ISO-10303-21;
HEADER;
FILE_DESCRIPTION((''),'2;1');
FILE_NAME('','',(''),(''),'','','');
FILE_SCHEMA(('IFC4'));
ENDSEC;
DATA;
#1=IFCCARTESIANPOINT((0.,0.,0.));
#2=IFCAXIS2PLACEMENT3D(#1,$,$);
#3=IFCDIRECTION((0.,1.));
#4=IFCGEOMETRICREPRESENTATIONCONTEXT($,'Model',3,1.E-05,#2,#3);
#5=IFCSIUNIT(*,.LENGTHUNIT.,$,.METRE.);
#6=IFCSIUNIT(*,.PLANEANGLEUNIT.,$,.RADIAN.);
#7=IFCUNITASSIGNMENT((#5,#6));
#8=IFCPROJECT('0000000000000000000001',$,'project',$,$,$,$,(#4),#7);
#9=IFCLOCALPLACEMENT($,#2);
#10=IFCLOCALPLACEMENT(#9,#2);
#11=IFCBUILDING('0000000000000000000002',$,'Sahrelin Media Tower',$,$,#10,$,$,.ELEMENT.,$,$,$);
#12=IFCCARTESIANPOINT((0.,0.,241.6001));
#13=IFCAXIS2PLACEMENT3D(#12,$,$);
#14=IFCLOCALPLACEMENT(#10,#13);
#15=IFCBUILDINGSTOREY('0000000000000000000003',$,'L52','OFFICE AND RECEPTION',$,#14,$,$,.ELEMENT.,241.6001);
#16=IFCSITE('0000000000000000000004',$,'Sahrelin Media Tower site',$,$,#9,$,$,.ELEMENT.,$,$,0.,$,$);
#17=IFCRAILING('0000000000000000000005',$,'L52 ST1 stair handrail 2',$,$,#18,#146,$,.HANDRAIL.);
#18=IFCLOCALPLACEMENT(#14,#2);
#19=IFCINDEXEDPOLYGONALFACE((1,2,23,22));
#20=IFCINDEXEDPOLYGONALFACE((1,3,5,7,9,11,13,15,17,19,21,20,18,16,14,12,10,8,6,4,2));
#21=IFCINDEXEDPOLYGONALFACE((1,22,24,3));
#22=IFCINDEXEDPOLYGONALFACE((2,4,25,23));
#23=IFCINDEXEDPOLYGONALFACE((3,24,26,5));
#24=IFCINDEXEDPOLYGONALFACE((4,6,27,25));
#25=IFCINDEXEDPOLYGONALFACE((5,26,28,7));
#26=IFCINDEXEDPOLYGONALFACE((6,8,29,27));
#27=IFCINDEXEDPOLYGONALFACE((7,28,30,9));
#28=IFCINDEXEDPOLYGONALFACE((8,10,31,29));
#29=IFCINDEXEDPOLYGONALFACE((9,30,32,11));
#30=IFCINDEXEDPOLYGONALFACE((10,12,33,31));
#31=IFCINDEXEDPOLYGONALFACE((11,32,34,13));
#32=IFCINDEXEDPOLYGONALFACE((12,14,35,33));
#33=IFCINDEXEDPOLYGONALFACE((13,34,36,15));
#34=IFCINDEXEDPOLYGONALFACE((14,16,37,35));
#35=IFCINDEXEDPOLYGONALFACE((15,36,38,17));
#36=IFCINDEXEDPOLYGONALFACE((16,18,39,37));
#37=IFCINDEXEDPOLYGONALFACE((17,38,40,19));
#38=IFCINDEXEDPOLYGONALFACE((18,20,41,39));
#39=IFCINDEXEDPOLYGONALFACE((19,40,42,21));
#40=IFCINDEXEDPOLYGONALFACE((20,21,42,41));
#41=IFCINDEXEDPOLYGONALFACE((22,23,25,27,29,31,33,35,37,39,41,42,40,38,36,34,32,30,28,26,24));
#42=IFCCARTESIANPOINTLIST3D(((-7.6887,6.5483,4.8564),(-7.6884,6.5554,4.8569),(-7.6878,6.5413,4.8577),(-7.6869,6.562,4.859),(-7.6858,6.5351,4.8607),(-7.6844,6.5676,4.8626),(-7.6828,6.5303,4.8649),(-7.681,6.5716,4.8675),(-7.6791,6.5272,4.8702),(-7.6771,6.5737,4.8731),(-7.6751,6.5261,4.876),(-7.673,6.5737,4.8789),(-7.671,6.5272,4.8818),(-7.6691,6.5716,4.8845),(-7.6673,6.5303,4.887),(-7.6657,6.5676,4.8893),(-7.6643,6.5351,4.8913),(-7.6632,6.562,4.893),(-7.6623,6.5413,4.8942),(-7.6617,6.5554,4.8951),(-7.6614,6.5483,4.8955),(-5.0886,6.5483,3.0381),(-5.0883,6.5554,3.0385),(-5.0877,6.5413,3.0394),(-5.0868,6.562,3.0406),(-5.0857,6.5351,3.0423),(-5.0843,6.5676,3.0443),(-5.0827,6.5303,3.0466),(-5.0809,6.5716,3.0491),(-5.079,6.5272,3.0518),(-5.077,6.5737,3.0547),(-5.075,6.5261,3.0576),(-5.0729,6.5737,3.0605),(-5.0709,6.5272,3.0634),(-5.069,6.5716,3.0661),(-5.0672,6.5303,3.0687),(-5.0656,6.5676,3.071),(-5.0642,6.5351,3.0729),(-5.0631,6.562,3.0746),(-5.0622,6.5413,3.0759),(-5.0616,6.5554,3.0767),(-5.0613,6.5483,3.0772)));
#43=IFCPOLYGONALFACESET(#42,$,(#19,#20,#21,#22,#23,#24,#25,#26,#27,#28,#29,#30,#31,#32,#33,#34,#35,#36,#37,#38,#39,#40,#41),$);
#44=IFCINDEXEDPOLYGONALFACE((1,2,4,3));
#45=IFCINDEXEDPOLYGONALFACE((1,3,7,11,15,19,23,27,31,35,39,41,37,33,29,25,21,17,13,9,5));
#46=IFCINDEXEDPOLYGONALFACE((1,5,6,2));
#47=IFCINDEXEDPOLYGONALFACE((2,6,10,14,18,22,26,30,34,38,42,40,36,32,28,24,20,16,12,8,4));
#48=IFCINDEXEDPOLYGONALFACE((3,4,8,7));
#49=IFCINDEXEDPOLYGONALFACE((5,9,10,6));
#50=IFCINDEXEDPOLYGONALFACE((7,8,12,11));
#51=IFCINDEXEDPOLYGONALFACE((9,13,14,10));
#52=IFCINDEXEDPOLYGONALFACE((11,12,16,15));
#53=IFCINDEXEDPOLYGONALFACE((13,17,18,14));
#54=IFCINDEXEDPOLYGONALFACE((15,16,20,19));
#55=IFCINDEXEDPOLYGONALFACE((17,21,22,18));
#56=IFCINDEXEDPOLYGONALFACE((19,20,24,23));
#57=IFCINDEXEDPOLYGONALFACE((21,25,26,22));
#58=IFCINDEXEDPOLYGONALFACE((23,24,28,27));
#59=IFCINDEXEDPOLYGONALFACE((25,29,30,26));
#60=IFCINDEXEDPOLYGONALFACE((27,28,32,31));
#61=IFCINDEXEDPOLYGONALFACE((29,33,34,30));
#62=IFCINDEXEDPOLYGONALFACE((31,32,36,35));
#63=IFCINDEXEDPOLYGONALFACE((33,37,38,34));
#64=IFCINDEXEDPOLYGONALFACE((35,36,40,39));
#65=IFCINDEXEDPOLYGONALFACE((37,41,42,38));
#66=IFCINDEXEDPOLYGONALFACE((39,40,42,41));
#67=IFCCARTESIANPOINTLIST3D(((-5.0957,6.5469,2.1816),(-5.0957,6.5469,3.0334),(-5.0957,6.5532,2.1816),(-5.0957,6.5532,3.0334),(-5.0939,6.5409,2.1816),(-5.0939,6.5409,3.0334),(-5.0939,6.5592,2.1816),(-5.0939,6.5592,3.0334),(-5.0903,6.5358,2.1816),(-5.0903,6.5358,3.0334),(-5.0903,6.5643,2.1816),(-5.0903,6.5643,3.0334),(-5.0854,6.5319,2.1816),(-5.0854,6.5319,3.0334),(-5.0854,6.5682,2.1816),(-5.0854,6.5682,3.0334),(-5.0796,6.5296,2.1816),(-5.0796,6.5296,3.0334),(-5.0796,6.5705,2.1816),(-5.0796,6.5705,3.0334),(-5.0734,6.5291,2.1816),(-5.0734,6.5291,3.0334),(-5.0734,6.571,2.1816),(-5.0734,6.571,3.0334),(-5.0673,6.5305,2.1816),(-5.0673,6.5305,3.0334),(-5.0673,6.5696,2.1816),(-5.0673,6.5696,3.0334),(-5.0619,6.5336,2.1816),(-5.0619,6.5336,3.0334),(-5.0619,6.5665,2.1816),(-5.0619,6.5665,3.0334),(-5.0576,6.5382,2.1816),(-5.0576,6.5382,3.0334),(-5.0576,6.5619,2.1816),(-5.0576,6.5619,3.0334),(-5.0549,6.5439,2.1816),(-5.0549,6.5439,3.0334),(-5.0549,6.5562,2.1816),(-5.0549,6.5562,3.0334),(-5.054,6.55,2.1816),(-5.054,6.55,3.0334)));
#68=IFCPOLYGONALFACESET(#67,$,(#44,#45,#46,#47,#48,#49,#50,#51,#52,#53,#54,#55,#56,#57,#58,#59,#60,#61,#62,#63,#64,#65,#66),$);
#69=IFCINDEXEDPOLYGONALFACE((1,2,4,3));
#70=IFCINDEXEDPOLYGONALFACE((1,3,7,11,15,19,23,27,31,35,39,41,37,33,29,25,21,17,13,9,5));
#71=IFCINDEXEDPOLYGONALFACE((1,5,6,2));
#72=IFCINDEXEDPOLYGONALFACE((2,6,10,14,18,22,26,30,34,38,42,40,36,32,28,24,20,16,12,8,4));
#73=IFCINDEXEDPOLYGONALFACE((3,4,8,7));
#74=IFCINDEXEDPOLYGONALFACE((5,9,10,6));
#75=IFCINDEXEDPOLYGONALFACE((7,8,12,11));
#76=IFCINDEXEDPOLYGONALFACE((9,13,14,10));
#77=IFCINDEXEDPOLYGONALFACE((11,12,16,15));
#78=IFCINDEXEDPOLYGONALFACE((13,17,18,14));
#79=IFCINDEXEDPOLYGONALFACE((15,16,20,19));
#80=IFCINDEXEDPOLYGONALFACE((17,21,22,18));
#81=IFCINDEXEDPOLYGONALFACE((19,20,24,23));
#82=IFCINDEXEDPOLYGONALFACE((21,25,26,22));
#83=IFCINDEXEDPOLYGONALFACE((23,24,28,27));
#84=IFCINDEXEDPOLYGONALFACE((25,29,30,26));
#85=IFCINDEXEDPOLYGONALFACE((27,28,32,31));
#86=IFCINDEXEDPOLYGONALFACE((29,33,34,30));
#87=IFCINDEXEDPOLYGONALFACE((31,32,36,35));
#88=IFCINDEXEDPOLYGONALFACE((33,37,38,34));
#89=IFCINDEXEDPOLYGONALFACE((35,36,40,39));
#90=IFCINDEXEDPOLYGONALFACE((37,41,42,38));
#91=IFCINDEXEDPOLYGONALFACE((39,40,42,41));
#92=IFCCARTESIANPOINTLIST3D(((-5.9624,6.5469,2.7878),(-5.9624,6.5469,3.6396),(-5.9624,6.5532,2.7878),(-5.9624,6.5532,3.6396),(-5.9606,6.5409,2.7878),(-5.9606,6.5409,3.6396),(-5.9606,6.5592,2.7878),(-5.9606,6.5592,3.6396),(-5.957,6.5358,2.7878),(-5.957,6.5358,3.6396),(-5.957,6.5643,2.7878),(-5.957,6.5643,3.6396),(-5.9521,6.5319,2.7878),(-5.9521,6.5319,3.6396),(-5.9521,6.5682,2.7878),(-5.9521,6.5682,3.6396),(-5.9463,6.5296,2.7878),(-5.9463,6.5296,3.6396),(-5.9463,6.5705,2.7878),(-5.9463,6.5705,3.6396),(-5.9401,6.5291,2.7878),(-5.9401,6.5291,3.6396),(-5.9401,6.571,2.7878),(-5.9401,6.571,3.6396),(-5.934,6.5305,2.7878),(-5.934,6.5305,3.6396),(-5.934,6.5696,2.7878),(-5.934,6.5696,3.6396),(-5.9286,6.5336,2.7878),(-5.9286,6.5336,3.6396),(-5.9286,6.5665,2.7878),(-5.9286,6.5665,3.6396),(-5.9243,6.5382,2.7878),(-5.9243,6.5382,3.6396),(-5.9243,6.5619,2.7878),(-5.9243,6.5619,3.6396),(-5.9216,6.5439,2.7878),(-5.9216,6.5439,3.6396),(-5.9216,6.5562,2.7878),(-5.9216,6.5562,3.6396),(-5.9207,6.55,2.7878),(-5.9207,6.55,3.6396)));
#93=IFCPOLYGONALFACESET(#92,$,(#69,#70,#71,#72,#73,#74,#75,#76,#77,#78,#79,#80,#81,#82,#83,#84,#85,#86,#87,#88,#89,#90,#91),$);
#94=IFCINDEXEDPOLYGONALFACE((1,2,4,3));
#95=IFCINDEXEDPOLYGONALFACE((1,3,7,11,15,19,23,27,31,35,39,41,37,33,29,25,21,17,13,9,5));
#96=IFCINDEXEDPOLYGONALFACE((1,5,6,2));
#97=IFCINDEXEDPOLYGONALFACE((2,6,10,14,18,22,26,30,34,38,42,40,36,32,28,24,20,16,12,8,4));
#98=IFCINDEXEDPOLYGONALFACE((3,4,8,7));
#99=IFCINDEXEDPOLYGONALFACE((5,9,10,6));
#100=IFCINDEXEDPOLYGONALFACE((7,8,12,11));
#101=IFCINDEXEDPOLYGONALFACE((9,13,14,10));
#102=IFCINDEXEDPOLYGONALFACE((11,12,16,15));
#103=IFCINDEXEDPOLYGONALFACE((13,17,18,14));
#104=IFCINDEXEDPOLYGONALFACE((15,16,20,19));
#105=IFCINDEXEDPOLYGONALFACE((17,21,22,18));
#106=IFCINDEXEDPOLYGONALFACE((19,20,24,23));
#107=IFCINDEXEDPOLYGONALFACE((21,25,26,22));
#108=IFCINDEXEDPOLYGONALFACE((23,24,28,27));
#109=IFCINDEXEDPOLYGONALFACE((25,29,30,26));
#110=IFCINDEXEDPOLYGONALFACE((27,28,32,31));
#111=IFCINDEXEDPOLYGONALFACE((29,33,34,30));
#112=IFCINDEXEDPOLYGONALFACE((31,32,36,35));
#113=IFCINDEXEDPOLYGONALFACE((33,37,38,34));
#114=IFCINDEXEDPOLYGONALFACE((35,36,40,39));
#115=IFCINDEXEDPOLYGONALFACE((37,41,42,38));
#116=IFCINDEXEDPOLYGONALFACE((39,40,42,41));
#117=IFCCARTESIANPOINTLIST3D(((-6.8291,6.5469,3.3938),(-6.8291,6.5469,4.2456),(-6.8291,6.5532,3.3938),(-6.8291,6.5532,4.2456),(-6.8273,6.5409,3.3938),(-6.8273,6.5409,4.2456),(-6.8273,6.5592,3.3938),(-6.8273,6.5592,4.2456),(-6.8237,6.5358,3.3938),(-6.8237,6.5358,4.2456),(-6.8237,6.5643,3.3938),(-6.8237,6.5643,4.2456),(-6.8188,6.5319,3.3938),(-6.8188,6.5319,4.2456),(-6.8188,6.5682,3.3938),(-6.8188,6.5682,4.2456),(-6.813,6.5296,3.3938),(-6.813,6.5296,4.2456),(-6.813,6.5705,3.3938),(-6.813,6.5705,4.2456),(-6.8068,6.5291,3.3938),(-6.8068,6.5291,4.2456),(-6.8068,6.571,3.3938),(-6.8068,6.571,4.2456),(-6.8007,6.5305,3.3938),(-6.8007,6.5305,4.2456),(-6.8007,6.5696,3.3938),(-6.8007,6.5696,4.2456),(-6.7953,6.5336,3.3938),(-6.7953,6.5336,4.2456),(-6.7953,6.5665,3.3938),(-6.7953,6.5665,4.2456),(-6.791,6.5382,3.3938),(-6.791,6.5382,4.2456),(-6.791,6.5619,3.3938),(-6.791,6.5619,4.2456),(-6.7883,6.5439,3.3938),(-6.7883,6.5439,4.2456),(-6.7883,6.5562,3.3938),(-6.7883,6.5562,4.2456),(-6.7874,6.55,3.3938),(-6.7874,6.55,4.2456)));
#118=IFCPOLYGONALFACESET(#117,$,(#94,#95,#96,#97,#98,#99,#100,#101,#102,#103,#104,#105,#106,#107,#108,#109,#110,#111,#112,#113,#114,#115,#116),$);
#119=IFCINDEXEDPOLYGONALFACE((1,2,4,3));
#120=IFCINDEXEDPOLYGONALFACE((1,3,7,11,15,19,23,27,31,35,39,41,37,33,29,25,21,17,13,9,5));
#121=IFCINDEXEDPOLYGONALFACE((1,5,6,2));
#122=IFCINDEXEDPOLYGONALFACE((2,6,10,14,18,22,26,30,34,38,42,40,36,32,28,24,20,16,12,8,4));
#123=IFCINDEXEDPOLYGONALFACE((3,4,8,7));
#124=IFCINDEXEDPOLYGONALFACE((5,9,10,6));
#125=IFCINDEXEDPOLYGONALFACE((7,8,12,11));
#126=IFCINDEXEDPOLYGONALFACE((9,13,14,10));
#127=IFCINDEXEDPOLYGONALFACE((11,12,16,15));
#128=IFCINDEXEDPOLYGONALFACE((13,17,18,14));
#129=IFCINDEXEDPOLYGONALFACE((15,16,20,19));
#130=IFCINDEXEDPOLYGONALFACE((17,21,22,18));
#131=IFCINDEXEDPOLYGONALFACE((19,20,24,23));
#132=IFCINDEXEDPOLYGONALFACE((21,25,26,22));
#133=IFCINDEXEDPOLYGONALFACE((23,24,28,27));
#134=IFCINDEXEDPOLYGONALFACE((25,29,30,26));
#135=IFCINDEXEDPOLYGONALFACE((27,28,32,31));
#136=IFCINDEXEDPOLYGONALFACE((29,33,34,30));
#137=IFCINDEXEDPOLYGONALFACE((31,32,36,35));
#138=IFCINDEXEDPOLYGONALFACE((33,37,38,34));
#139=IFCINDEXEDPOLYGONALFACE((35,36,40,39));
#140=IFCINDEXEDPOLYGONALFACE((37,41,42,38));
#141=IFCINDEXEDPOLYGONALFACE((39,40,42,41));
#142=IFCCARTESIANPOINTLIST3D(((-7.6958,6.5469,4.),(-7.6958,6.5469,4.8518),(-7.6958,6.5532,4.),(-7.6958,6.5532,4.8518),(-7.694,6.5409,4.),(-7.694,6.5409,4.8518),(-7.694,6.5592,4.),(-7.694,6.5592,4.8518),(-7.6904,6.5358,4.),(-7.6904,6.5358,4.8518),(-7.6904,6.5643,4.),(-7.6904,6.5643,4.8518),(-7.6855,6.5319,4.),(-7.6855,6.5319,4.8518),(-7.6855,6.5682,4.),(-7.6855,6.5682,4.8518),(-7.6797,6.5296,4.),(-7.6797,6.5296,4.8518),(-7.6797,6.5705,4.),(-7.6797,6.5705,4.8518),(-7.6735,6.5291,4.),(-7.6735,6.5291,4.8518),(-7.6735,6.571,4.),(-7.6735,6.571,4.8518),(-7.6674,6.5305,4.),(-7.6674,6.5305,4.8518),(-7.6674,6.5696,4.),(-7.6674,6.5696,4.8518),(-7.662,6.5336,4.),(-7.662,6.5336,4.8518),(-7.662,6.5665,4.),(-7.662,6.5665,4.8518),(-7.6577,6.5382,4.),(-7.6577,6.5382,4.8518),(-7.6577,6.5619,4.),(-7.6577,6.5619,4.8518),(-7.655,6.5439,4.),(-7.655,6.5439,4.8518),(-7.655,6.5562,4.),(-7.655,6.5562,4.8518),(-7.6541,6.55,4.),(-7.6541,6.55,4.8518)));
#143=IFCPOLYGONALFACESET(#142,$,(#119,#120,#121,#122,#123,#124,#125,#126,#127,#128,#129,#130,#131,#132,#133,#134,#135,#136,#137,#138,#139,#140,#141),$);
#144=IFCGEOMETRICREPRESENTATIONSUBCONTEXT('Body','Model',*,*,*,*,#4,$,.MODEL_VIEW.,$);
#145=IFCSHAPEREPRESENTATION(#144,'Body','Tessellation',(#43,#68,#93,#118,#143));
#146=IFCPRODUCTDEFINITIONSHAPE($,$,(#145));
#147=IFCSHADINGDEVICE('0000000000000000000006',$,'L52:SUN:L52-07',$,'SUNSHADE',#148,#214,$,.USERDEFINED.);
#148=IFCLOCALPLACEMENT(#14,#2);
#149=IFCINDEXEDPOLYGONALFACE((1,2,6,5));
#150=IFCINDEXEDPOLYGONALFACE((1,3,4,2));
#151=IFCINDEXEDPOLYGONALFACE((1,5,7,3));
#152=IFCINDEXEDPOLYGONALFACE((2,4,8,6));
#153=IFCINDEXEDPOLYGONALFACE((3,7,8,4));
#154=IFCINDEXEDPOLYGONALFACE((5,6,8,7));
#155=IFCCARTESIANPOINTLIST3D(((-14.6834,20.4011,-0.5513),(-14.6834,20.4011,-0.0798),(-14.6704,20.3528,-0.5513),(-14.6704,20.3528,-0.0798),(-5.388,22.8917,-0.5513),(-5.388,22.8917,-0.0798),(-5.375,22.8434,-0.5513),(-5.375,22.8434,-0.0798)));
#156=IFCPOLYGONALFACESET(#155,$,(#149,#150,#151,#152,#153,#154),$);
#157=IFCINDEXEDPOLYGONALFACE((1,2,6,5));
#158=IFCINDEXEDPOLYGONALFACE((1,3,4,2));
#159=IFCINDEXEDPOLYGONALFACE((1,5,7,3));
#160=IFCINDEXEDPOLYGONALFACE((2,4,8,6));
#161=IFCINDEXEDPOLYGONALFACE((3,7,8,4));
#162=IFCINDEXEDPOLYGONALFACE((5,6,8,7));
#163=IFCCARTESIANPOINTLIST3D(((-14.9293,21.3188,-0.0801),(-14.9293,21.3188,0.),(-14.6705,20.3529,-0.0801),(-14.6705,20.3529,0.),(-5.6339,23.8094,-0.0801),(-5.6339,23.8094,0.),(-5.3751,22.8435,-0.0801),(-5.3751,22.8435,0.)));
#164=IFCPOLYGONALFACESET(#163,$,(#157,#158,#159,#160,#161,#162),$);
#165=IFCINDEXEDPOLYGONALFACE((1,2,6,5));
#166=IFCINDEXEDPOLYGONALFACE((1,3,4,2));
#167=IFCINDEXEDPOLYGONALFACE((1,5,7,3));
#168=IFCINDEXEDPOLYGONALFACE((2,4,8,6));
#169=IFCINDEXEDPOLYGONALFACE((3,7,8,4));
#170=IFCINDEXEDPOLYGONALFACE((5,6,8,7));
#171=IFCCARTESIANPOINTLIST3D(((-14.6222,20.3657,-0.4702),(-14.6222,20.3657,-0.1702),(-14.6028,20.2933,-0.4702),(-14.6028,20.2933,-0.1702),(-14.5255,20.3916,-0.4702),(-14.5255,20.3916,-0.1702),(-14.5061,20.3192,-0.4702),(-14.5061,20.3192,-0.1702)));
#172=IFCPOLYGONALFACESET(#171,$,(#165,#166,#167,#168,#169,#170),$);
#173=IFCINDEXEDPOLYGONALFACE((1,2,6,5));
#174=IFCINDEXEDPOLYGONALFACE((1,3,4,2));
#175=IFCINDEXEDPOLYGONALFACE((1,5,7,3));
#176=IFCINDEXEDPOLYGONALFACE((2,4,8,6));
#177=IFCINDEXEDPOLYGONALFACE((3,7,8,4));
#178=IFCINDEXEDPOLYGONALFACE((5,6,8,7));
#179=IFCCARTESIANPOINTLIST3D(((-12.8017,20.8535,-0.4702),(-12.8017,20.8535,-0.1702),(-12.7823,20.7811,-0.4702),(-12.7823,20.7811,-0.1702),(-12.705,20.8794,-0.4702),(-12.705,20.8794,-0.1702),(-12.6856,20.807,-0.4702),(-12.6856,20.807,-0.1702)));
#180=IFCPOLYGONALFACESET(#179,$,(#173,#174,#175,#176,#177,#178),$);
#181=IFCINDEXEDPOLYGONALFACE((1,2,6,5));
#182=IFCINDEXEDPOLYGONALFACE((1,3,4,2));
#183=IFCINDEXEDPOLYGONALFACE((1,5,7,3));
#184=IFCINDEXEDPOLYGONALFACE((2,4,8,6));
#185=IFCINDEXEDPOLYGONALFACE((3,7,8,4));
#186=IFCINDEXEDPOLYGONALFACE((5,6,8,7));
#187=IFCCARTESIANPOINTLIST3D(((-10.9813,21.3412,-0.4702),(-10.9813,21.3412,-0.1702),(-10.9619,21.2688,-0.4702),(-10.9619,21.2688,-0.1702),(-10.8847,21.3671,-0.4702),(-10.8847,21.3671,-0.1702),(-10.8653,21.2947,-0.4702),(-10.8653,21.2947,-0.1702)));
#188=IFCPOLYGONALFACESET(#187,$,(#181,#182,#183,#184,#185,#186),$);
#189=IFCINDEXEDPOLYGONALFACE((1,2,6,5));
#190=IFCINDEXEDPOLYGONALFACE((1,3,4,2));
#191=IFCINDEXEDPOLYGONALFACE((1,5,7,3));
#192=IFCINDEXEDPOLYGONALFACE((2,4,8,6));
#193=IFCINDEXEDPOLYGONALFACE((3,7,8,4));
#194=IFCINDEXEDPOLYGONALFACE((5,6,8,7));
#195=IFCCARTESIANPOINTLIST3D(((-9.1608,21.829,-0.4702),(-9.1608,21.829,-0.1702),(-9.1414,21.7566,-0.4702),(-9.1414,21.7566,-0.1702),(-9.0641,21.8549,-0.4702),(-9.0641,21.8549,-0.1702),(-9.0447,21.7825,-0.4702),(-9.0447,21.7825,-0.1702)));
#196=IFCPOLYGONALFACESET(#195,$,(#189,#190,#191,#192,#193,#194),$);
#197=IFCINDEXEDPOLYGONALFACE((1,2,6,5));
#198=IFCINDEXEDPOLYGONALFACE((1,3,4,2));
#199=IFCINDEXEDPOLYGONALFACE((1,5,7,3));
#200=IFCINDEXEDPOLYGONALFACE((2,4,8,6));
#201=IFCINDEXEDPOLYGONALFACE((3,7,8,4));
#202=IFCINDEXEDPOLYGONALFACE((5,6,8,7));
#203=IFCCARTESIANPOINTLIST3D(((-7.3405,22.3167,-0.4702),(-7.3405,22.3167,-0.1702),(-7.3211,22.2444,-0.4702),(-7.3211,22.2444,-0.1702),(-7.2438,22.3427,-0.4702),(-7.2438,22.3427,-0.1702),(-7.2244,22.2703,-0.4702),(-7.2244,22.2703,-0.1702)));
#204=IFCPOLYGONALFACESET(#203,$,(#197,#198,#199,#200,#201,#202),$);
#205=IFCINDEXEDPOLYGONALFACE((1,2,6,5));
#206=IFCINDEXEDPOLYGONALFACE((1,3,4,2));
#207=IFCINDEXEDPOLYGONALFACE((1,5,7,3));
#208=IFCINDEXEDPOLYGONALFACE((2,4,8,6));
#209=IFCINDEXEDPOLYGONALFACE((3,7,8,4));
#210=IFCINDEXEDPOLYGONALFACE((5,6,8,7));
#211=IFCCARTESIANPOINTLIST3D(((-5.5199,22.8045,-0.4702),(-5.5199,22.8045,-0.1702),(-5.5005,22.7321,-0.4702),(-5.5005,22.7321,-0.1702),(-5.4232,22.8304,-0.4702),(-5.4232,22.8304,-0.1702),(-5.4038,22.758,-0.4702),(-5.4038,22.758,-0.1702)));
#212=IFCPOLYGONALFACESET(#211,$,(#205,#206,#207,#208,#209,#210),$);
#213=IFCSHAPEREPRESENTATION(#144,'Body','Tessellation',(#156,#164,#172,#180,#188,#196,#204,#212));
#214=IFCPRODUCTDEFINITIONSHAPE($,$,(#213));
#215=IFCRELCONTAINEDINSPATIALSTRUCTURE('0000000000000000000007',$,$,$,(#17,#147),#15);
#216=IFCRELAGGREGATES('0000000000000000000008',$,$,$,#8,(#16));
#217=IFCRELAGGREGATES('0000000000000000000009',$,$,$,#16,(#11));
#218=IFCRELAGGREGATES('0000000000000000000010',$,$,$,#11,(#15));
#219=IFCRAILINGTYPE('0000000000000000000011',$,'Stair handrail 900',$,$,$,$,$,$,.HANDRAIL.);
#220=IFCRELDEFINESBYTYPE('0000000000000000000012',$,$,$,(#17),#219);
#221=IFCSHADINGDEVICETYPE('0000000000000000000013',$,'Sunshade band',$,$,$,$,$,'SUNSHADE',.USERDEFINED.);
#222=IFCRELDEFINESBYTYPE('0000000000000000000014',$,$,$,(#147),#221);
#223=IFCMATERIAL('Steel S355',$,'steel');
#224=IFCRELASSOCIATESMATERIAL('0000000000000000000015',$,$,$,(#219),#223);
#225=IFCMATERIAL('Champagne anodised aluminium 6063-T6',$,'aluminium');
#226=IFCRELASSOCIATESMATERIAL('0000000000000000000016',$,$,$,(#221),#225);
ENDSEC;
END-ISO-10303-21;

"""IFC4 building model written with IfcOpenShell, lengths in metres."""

from ifc_helpers import new_model, si_unit, direction, frame, origin, origin_2d, place, context, subcontext, project, spatial, rectangle, circle, extrude, material, type_object, element, save


model = new_model("IFC4")

# Units and contexts
model_context = context("Model", 3, precision=1e-05, world=origin(), true_north=direction((0.0, 1.0)))
body_context = subcontext(model_context, "Body", "Model", "MODEL_VIEW")
ifc_project = project(units=[si_unit("LENGTHUNIT", "METRE"), si_unit("PLANEANGLEUNIT", "RADIAN")], contexts=[model_context])

# Site, building, storey
site_placement = place(None, origin())
site = spatial("IfcSite", under=ifc_project, at=site_placement, Name="Sahrelin Media Tower site", CompositionType="ELEMENT", RefElevation=0.0)
building_placement = place(site_placement, origin())
building = spatial("IfcBuilding", under=site, at=building_placement, Name="Sahrelin Media Tower", CompositionType="ELEMENT")
storey_placement = place(building_placement, frame((0.0, 0.0, 241.6001)))
storey = spatial("IfcBuildingStorey", under=building, at=storey_placement, Name="L52", Description="OFFICE AND RECEPTION", CompositionType="ELEMENT", Elevation=241.6001)

# Shared definitions
ifc_material_1 = material(Name="Steel S355", Category="steel")

# Shared definitions
ifc_material_2 = material(Name="Champagne anodised aluminium 6063-T6", Category="aluminium")

# Shared definitions
placement = place(storey_placement, frame((-10.0176, 21.5789, 0.0), z_axis=(0.0, 0.0, 1.0), x_axis=(0.965929, 0.258808, 0.0)))

# Railing
railing_type = type_object("IfcRailingType", Name="Stair handrail 900", PredefinedType="HANDRAIL", material=ifc_material_1)
railing_placement = place(storey_placement, frame((-5.075, 6.55, 2.1816)))
element("IfcRailing", 1, at=railing_placement, inside=storey, type_object=railing_type, Name="L52 ST1 stair handrail 2", PredefinedType="HANDRAIL", context=body_context, shape_type="SweptSolid", body=[
    extrude(circle(Radius=0.0239, at=origin_2d()), frame((0.0, 0.0, 0.876), z_axis=(-0.819485, 0.0, 0.573101), x_axis=(0.0, -1.0, 0.0)), (0.0, 0.0, 1.0), 3.1729),
    extrude(circle(Radius=0.021, at=origin_2d()), origin(), (0.0, 0.0, 1.0), 0.8518),
    extrude(circle(Radius=0.021, at=origin_2d()), frame((-0.8667, 0.0, 0.6062)), (0.0, 0.0, 1.0), 0.8518),
    extrude(circle(Radius=0.021, at=origin_2d()), frame((-1.7334, 0.0, 1.2122)), (0.0, 0.0, 1.0), 0.8518),
    extrude(circle(Radius=0.021, at=origin_2d()), frame((-2.6001, 0.0, 1.8184)), (0.0, 0.0, 1.0), 0.8518),
])

# Shading device
shading_device_type_1 = type_object("IfcShadingDeviceType", Name="Sunshade band", ElementType="SUNSHADE", PredefinedType="USERDEFINED", material=ifc_material_2)
element("IfcShadingDevice", 2, at=placement, inside=storey, type_object=shading_device_type_1, Name="L52:SUN:L52-07", ObjectType="SUNSHADE", PredefinedType="USERDEFINED", context=body_context, shape_type="SweptSolid", body=[
    extrude(rectangle(XDim=9.6233, YDim=0.05, at=origin_2d()), frame((0.0, 0.0449, -0.5513)), (0.0, 0.0, 1.0), 0.4714),
    extrude(rectangle(XDim=9.6233, YDim=1.0, at=origin_2d()), frame((0.0, 0.52, -0.0801)), (0.0, 0.0, 1.0), 0.0801),
    extrude(rectangle(XDim=0.1001, YDim=0.075, at=origin_2d()), frame((-4.7117, -0.0176, -0.4702)), (0.0, 0.0, 1.0), 0.3),
    extrude(rectangle(XDim=0.1001, YDim=0.075, at=origin_2d()), frame((-2.8269, -0.0176, -0.4702)), (0.0, 0.0, 1.0), 0.3),
    extrude(rectangle(XDim=0.1001, YDim=0.075, at=origin_2d()), frame((-0.9424, -0.0176, -0.4702)), (0.0, 0.0, 1.0), 0.3),
    extrude(rectangle(XDim=0.1001, YDim=0.075, at=origin_2d()), frame((0.9424, -0.0176, -0.4702)), (0.0, 0.0, 1.0), 0.3),
    extrude(rectangle(XDim=0.1001, YDim=0.075, at=origin_2d()), frame((2.8269, -0.0176, -0.4702)), (0.0, 0.0, 1.0), 0.3),
    extrude(rectangle(XDim=0.1001, YDim=0.075, at=origin_2d()), frame((4.7117, -0.0176, -0.4702)), (0.0, 0.0, 1.0), 0.3),
])

save(model, "model.ifc")
